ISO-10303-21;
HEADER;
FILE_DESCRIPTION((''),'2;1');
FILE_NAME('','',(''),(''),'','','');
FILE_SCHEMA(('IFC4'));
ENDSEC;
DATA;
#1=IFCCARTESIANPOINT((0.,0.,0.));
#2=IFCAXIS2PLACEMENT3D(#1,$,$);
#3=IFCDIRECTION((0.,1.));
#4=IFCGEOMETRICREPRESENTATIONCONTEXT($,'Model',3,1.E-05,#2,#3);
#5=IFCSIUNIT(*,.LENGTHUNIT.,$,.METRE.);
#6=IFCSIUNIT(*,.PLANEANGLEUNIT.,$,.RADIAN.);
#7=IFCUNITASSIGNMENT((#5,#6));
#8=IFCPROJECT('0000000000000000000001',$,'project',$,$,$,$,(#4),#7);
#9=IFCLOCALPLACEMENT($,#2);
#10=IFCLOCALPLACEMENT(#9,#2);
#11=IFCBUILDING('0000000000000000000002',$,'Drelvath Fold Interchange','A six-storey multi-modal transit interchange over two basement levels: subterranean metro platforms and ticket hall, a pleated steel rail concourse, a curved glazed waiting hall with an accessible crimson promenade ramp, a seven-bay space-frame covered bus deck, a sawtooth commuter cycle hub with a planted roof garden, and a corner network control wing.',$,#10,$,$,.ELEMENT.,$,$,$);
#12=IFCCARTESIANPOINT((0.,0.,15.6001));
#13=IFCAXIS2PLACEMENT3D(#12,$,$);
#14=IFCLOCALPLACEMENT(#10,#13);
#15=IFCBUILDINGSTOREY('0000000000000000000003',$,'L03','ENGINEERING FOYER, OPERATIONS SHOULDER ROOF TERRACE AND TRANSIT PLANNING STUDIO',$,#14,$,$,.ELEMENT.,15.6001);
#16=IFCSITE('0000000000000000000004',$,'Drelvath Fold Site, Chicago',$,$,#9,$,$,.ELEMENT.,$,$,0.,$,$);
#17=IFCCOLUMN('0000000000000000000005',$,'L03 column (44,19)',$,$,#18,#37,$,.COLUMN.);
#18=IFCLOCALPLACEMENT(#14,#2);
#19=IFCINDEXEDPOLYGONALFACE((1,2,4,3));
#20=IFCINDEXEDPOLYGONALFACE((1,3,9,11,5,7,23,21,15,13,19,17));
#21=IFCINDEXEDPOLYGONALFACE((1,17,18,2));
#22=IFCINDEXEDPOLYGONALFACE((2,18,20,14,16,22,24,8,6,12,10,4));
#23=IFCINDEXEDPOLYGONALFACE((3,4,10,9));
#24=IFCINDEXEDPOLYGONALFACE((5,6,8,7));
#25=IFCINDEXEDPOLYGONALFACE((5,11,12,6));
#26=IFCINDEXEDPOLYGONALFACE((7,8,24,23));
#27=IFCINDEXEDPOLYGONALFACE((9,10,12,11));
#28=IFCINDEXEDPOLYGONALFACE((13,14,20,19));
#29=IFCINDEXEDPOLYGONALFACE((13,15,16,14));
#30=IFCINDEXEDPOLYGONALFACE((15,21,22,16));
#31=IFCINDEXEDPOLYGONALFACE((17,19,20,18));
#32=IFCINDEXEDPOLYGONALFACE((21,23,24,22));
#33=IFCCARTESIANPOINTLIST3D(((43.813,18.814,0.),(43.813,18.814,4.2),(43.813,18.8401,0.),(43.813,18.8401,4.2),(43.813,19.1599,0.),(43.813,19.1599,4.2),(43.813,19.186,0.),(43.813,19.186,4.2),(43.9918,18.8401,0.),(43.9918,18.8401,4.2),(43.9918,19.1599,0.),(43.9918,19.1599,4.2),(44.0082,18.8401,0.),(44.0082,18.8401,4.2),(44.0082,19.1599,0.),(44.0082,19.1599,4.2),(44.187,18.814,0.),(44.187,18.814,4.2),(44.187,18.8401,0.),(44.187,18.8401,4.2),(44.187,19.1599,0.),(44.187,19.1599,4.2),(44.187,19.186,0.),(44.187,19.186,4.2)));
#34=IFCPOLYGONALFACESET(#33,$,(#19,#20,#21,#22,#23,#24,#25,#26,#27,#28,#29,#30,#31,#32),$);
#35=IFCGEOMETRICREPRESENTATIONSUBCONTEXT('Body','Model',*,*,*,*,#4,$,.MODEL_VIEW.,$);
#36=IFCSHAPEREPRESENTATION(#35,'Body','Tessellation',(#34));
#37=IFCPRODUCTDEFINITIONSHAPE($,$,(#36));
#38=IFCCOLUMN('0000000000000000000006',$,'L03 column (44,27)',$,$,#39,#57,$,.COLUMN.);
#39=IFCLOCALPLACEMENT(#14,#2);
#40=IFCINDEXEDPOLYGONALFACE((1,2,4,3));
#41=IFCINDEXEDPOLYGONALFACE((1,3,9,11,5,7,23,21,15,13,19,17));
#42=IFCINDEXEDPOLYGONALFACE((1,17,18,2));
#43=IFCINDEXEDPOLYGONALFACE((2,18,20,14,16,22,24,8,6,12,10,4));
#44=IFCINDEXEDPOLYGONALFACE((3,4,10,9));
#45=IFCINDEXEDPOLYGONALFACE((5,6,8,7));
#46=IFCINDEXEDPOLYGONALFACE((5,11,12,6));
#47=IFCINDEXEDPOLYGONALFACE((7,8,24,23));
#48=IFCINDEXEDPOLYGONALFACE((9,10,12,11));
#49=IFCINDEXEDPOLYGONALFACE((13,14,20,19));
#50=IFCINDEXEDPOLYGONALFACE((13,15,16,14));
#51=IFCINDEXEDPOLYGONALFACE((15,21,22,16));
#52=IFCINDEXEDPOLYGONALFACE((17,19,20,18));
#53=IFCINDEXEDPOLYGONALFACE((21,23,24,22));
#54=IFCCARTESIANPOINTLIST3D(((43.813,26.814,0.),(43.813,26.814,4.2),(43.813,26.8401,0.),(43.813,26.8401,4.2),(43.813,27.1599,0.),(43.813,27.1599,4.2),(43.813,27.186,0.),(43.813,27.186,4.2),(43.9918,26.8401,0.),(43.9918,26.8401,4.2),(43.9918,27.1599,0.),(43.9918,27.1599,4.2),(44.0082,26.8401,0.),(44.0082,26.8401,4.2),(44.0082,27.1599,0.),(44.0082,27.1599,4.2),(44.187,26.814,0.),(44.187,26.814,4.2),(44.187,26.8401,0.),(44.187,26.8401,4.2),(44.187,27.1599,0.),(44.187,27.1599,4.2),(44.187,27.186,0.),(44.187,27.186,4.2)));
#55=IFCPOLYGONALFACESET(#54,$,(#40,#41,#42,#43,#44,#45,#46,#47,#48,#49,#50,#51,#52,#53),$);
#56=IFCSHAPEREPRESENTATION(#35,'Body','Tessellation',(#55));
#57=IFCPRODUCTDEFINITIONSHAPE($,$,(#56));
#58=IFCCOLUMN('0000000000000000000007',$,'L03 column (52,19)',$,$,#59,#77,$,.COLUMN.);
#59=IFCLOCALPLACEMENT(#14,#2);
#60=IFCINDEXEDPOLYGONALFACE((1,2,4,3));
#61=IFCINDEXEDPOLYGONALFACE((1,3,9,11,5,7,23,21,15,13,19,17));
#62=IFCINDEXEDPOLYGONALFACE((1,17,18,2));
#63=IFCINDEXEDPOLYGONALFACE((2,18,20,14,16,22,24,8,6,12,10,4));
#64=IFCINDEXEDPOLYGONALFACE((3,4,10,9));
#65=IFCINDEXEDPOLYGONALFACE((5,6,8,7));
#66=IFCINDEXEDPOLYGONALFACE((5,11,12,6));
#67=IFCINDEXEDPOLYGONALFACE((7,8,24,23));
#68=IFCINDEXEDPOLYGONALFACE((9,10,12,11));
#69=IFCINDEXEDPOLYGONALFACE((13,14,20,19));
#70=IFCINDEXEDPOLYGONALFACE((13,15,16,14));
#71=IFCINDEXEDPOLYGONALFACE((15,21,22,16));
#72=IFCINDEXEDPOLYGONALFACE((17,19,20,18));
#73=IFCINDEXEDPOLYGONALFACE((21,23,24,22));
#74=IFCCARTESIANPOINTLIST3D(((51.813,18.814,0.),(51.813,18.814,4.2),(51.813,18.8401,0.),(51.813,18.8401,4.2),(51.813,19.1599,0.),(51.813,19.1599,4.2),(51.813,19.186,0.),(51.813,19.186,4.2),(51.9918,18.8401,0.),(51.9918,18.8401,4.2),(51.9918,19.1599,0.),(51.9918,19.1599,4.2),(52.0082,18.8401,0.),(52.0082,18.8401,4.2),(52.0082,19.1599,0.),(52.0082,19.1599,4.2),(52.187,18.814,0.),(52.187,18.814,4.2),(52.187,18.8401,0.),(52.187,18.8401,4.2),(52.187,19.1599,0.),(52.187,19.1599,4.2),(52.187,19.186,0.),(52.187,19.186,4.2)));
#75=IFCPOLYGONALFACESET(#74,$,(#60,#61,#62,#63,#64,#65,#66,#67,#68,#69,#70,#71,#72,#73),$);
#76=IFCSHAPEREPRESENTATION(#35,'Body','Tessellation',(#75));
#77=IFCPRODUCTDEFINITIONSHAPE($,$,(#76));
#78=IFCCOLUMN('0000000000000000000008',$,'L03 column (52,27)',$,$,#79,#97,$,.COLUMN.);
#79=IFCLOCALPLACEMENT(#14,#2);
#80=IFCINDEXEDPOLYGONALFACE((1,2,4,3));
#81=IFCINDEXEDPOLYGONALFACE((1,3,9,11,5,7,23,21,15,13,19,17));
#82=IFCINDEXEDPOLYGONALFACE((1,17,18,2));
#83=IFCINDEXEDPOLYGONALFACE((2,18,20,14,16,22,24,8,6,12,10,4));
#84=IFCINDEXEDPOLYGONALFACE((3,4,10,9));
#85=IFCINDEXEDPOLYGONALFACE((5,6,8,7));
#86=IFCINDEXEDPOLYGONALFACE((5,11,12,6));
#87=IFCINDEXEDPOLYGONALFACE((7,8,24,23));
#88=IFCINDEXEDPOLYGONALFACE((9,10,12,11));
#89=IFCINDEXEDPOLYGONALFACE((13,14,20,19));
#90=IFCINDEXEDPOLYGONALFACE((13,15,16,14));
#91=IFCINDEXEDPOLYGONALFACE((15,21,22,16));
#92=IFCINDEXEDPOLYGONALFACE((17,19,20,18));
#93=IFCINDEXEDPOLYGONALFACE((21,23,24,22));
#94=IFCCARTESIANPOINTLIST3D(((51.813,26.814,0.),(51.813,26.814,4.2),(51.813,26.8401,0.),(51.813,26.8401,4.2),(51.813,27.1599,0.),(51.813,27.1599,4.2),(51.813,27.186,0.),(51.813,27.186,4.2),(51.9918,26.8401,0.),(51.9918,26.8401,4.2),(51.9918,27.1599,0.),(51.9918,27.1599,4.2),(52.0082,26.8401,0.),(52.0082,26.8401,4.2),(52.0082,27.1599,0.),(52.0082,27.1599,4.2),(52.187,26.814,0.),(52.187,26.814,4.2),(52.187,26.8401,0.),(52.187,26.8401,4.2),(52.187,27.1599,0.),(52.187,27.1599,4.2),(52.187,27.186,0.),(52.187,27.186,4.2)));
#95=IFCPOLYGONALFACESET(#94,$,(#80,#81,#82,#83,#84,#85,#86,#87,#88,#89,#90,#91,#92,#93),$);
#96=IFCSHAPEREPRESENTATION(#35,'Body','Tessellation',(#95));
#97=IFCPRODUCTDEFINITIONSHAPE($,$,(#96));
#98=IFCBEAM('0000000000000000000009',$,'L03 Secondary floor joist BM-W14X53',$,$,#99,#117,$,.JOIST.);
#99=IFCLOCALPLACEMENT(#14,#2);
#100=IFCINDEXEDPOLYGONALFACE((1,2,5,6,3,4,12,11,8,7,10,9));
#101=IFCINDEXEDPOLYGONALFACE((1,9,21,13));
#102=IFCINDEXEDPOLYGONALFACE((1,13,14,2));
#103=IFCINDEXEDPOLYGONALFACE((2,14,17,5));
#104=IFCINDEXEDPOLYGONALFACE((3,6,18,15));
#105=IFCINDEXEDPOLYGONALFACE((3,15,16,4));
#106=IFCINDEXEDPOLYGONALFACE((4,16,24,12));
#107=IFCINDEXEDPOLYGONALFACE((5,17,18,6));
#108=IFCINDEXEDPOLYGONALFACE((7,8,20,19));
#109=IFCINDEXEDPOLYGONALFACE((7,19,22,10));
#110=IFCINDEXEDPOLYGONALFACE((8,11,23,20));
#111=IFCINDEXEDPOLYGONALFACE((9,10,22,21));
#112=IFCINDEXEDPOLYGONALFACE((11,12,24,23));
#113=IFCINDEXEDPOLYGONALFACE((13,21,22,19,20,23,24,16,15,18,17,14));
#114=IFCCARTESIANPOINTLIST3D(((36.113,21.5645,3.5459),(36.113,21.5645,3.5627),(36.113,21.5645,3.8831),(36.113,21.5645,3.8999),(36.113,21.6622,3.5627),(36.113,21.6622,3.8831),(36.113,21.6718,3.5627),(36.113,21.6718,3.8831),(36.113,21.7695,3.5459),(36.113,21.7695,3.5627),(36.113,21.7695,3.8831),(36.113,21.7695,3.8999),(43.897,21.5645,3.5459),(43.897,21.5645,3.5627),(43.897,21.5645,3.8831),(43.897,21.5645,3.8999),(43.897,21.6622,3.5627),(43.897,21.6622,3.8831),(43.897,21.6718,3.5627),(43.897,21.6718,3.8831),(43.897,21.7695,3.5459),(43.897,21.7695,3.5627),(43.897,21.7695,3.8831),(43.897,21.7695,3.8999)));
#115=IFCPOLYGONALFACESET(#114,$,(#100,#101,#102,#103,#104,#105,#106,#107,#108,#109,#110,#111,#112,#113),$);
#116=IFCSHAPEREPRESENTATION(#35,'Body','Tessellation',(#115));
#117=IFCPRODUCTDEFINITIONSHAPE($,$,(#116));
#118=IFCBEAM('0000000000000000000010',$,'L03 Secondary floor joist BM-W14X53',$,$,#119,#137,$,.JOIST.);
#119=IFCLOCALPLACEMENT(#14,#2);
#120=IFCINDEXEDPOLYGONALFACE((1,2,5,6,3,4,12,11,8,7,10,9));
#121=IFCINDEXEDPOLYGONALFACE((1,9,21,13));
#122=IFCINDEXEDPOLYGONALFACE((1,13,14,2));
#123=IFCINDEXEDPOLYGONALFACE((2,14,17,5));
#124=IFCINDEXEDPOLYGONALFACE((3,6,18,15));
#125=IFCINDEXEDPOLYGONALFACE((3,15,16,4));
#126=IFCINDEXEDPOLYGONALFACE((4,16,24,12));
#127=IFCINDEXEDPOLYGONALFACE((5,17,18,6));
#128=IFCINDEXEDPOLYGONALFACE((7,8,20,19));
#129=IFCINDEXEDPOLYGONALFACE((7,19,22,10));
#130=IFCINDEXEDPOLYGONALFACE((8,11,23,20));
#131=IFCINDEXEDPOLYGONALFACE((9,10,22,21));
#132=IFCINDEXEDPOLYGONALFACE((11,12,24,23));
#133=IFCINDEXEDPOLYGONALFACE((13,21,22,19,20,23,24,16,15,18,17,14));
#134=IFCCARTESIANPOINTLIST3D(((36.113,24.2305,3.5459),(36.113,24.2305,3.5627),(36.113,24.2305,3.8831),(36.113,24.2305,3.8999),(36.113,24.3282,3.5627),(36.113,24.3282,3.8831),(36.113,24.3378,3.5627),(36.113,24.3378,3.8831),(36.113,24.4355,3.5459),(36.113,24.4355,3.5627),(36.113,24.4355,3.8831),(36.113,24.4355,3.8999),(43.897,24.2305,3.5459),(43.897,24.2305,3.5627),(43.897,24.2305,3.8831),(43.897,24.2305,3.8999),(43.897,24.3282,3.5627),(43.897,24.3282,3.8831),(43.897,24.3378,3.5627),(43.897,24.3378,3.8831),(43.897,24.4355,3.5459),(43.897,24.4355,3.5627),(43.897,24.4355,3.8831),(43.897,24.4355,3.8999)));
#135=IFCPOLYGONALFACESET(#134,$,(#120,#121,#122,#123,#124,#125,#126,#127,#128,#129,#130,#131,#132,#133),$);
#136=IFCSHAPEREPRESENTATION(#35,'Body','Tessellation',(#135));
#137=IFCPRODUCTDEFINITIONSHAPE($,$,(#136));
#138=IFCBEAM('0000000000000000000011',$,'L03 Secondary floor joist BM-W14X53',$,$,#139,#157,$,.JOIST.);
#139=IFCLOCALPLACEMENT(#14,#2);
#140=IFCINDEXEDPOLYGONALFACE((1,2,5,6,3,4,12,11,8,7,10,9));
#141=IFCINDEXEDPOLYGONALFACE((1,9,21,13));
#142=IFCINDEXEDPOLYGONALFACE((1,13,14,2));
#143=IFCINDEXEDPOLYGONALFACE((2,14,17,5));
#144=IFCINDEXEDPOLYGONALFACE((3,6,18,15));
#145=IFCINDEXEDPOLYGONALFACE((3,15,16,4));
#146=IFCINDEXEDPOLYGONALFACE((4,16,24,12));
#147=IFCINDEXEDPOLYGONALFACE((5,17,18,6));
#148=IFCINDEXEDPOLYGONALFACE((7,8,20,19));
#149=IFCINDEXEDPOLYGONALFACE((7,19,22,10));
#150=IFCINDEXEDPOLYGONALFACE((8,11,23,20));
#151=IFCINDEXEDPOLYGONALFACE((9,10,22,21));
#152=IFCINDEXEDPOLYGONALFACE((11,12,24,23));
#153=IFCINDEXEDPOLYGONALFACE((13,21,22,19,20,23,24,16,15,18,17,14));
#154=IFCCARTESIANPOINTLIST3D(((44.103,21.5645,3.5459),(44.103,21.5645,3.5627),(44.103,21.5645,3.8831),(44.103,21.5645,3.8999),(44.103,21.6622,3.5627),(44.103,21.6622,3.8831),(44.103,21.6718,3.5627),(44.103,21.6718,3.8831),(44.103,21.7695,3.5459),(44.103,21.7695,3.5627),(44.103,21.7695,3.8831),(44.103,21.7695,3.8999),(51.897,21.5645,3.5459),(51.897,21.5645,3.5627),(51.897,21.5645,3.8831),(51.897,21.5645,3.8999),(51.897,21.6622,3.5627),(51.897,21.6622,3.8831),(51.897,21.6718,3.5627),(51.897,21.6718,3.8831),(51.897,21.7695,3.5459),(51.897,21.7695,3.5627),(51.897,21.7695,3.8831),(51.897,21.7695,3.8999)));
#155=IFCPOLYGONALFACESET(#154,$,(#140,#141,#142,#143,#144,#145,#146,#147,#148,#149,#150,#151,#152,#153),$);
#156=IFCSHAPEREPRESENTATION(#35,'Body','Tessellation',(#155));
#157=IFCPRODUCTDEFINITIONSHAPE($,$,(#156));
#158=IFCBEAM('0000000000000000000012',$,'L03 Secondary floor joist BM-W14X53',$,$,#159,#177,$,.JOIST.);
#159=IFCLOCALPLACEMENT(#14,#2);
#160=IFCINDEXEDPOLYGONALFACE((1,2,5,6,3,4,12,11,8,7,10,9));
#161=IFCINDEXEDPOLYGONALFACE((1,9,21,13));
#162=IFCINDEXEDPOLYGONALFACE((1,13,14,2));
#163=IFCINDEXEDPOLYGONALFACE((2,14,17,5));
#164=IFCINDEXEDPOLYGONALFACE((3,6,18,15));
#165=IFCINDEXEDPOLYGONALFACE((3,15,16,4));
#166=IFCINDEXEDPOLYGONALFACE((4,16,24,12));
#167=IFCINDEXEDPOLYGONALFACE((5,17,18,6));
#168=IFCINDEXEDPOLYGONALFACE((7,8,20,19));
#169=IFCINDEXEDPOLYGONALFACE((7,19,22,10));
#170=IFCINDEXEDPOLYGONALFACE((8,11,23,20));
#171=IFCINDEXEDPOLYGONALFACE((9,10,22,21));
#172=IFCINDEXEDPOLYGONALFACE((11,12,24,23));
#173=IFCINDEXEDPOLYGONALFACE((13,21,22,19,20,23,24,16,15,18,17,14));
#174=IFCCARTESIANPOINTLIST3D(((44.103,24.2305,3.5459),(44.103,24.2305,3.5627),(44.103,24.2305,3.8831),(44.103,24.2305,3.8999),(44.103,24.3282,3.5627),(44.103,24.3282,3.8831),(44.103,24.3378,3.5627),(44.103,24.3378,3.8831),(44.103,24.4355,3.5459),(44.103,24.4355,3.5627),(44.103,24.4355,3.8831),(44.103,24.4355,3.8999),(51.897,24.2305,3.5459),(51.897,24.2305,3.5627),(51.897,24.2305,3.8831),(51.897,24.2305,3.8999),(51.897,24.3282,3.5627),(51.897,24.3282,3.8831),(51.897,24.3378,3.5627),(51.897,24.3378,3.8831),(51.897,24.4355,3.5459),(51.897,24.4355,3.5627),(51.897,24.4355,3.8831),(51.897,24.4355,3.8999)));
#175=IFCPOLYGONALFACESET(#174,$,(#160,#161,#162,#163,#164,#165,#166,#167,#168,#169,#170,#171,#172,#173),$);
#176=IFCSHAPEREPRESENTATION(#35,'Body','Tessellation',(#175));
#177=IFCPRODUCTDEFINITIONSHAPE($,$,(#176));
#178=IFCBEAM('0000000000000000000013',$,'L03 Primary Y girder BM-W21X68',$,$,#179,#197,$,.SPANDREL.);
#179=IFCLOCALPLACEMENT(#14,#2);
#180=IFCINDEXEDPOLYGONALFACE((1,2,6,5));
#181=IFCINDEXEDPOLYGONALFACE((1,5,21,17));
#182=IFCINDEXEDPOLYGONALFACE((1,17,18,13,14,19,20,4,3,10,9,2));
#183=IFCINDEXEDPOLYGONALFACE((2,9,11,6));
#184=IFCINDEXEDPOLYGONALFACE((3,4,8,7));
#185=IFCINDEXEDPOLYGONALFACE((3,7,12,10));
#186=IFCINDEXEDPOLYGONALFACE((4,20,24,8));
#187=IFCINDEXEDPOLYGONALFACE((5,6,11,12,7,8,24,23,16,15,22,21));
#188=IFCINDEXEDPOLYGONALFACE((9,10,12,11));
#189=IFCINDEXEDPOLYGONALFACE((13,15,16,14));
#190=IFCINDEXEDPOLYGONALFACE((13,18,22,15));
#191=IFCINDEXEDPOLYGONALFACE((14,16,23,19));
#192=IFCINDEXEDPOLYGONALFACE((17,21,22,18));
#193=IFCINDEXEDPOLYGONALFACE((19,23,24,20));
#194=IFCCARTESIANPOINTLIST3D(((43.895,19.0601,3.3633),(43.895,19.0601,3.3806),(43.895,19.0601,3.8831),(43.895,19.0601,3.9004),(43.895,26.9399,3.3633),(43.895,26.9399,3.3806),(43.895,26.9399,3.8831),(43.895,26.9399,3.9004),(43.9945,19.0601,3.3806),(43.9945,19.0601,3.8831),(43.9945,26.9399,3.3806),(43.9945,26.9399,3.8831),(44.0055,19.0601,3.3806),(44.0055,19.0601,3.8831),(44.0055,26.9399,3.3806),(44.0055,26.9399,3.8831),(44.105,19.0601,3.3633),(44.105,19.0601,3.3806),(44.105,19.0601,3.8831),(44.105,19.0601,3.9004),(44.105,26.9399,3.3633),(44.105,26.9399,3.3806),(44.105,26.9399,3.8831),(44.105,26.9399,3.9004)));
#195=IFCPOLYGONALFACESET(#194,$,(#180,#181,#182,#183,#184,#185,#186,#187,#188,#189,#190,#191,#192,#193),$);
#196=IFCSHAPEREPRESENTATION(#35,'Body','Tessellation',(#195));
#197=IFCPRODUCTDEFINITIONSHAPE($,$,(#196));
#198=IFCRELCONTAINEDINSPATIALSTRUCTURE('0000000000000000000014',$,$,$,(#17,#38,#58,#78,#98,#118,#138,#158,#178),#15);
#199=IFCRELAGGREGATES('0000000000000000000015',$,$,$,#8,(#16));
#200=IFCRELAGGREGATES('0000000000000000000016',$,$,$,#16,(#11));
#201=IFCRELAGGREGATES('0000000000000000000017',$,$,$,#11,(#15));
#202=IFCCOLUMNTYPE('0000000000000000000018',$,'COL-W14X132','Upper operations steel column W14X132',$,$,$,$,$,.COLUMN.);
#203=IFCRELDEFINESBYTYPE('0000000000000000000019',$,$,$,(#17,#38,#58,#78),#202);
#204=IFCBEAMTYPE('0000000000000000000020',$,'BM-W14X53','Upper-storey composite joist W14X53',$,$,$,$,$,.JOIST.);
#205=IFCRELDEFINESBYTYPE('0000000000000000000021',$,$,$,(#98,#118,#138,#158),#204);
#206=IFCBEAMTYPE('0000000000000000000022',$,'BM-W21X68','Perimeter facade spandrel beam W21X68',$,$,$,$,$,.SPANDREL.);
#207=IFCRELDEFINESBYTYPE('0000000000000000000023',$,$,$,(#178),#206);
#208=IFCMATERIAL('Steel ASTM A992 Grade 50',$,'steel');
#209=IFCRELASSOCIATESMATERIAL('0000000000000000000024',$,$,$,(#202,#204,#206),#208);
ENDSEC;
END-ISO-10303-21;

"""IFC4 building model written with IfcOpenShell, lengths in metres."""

from ifc_helpers import new_model, si_unit, direction, frame, origin, origin_2d, place, context, subcontext, project, spatial, i_section, extrude, material, material_profile, profile_set, type_object, element, save


model = new_model("IFC4")

# Units and contexts
model_context = context("Model", 3, precision=1e-05, world=origin(), true_north=direction((0.0, 1.0)))
body_context = subcontext(model_context, "Body", "Model", "MODEL_VIEW")
ifc_project = project(units=[si_unit("LENGTHUNIT", "METRE"), si_unit("PLANEANGLEUNIT", "RADIAN")], contexts=[model_context])

# Site, building, storey
site_placement = place(None, origin())
site = spatial("IfcSite", under=ifc_project, at=site_placement, Name="Drelvath Fold Site, Chicago", CompositionType="ELEMENT", RefElevation=0.0)
building_placement = place(site_placement, origin())
building = spatial("IfcBuilding", under=site, at=building_placement, Name="Drelvath Fold Interchange", Description="A six-storey multi-modal transit interchange over two basement levels: subterranean metro platforms and ticket hall, a pleated steel rail concourse, a curved glazed waiting hall with an accessible crimson promenade ramp, a seven-bay space-frame covered bus deck, a sawtooth commuter cycle hub with a planted roof garden, and a corner network control wing.", CompositionType="ELEMENT")
storey_placement = place(building_placement, frame((0.0, 0.0, 15.6001)))
storey = spatial("IfcBuildingStorey", under=building, at=storey_placement, Name="L03", Description="ENGINEERING FOYER, OPERATIONS SHOULDER ROOF TERRACE AND TRANSIT PLANNING STUDIO", CompositionType="ELEMENT", Elevation=15.6001)

# Columns
ifc_material_1 = material(Name="Steel ASTM A992 Grade 50", Category="steel")
ifc_material_profile_1 = material_profile(ifc_material_1, i_section(OverallWidth=0.374, OverallDepth=0.3721, WebThickness=0.0164, FlangeThickness=0.0261, at=origin_2d()), Name="W14X132")
ifc_profile_set_1 = profile_set([ifc_material_profile_1], Name="Steel ASTM A992 Grade 50")
column_type = type_object("IfcColumnType", Name="COL-W14X132", Description="Upper operations steel column W14X132", PredefinedType="COLUMN", material=ifc_profile_set_1)
for number, where, z_axis, x_axis, name in (
    (1, (44.0, 19.0, 0.0), (0.0, 0.0, 1.0), (1.0, 0.0, 0.0), "L03 column (44,19)"),
    (2, (44.0, 27.0, 0.0), (0.0, 0.0, 1.0), (1.0, 0.0, 0.0), "L03 column (44,27)"),
    (3, (52.0, 19.0, 0.0), (0.0, 0.0, 1.0), (1.0, 0.0, 0.0), "L03 column (52,19)"),
    (4, (52.0, 27.0, 0.0), (0.0, 0.0, 1.0), (1.0, 0.0, 0.0), "L03 column (52,27)"),
):
    element("IfcColumn", number, at=place(storey_placement, frame(where, z_axis=z_axis, x_axis=x_axis)), inside=storey, type_object=column_type, Name=name, PredefinedType="COLUMN", context=body_context, shape_type="SweptSolid", body=[
        extrude(i_section(OverallWidth=0.374, OverallDepth=0.3721, WebThickness=0.0164, FlangeThickness=0.0261, at=origin_2d()), origin(), (0.0, 0.0, 1.0), 4.2),
    ])

# Beams
ifc_material_profile_2 = material_profile(ifc_material_1, i_section(OverallWidth=0.2051, OverallDepth=0.354, WebThickness=0.0095, FlangeThickness=0.0168, at=origin_2d()), Name="W14X53")
ifc_profile_set_2 = profile_set([ifc_material_profile_2], Name="Steel ASTM A992 Grade 50")
beam_type_1 = type_object("IfcBeamType", Name="BM-W14X53", Description="Upper-storey composite joist W14X53", PredefinedType="JOIST", material=ifc_profile_set_2)
for number, where, z_axis, x_axis, name in (
    (5, (36.113, 21.667, 3.7229), (1.0, 0.0, 0.0), (0.0, 1.0, 0.0), "L03 Secondary floor joist BM-W14X53"),
    (6, (36.113, 24.333, 3.7229), (1.0, 0.0, 0.0), (0.0, 1.0, 0.0), "L03 Secondary floor joist BM-W14X53"),
):
    element("IfcBeam", number, at=place(storey_placement, frame(where, z_axis=z_axis, x_axis=x_axis)), inside=storey, type_object=beam_type_1, Name=name, PredefinedType="JOIST", context=body_context, shape_type="SweptSolid", body=[
        extrude(i_section(OverallWidth=0.2051, OverallDepth=0.354, WebThickness=0.0095, FlangeThickness=0.0168, at=origin_2d()), origin(), (0.0, 0.0, 1.0), 7.7839),
    ])
for number, where, z_axis, x_axis, name in (
    (7, (44.103, 21.667, 3.7229), (1.0, 0.0, 0.0), (0.0, 1.0, 0.0), "L03 Secondary floor joist BM-W14X53"),
    (8, (44.103, 24.333, 3.7229), (1.0, 0.0, 0.0), (0.0, 1.0, 0.0), "L03 Secondary floor joist BM-W14X53"),
):
    element("IfcBeam", number, at=place(storey_placement, frame(where, z_axis=z_axis, x_axis=x_axis)), inside=storey, type_object=beam_type_1, Name=name, PredefinedType="JOIST", context=body_context, shape_type="SweptSolid", body=[
        extrude(i_section(OverallWidth=0.2051, OverallDepth=0.354, WebThickness=0.0095, FlangeThickness=0.0168, at=origin_2d()), origin(), (0.0, 0.0, 1.0), 7.7939),
    ])
ifc_material_profile_3 = material_profile(ifc_material_1, i_section(OverallWidth=0.21, OverallDepth=0.5371, WebThickness=0.011, FlangeThickness=0.0173, at=origin_2d()), Name="W21X68")
ifc_profile_set_3 = profile_set([ifc_material_profile_3], Name="Steel ASTM A992 Grade 50")
beam_type_2 = type_object("IfcBeamType", Name="BM-W21X68", Description="Perimeter facade spandrel beam W21X68", PredefinedType="SPANDREL", material=ifc_profile_set_3)
for number, where, z_axis, x_axis, name in (
    (9, (44.0, 19.0601, 3.6318), (0.0, 1.0, 0.0), (-1.0, 0.0, 0.0), "L03 Primary Y girder BM-W21X68"),
):
    element("IfcBeam", number, at=place(storey_placement, frame(where, z_axis=z_axis, x_axis=x_axis)), inside=storey, type_object=beam_type_2, Name=name, PredefinedType="SPANDREL", context=body_context, shape_type="SweptSolid", body=[
        extrude(i_section(OverallWidth=0.21, OverallDepth=0.5371, WebThickness=0.011, FlangeThickness=0.0173, at=origin_2d()), origin(), (0.0, 0.0, 1.0), 7.8799),
    ])

save(model, "model.ifc")
